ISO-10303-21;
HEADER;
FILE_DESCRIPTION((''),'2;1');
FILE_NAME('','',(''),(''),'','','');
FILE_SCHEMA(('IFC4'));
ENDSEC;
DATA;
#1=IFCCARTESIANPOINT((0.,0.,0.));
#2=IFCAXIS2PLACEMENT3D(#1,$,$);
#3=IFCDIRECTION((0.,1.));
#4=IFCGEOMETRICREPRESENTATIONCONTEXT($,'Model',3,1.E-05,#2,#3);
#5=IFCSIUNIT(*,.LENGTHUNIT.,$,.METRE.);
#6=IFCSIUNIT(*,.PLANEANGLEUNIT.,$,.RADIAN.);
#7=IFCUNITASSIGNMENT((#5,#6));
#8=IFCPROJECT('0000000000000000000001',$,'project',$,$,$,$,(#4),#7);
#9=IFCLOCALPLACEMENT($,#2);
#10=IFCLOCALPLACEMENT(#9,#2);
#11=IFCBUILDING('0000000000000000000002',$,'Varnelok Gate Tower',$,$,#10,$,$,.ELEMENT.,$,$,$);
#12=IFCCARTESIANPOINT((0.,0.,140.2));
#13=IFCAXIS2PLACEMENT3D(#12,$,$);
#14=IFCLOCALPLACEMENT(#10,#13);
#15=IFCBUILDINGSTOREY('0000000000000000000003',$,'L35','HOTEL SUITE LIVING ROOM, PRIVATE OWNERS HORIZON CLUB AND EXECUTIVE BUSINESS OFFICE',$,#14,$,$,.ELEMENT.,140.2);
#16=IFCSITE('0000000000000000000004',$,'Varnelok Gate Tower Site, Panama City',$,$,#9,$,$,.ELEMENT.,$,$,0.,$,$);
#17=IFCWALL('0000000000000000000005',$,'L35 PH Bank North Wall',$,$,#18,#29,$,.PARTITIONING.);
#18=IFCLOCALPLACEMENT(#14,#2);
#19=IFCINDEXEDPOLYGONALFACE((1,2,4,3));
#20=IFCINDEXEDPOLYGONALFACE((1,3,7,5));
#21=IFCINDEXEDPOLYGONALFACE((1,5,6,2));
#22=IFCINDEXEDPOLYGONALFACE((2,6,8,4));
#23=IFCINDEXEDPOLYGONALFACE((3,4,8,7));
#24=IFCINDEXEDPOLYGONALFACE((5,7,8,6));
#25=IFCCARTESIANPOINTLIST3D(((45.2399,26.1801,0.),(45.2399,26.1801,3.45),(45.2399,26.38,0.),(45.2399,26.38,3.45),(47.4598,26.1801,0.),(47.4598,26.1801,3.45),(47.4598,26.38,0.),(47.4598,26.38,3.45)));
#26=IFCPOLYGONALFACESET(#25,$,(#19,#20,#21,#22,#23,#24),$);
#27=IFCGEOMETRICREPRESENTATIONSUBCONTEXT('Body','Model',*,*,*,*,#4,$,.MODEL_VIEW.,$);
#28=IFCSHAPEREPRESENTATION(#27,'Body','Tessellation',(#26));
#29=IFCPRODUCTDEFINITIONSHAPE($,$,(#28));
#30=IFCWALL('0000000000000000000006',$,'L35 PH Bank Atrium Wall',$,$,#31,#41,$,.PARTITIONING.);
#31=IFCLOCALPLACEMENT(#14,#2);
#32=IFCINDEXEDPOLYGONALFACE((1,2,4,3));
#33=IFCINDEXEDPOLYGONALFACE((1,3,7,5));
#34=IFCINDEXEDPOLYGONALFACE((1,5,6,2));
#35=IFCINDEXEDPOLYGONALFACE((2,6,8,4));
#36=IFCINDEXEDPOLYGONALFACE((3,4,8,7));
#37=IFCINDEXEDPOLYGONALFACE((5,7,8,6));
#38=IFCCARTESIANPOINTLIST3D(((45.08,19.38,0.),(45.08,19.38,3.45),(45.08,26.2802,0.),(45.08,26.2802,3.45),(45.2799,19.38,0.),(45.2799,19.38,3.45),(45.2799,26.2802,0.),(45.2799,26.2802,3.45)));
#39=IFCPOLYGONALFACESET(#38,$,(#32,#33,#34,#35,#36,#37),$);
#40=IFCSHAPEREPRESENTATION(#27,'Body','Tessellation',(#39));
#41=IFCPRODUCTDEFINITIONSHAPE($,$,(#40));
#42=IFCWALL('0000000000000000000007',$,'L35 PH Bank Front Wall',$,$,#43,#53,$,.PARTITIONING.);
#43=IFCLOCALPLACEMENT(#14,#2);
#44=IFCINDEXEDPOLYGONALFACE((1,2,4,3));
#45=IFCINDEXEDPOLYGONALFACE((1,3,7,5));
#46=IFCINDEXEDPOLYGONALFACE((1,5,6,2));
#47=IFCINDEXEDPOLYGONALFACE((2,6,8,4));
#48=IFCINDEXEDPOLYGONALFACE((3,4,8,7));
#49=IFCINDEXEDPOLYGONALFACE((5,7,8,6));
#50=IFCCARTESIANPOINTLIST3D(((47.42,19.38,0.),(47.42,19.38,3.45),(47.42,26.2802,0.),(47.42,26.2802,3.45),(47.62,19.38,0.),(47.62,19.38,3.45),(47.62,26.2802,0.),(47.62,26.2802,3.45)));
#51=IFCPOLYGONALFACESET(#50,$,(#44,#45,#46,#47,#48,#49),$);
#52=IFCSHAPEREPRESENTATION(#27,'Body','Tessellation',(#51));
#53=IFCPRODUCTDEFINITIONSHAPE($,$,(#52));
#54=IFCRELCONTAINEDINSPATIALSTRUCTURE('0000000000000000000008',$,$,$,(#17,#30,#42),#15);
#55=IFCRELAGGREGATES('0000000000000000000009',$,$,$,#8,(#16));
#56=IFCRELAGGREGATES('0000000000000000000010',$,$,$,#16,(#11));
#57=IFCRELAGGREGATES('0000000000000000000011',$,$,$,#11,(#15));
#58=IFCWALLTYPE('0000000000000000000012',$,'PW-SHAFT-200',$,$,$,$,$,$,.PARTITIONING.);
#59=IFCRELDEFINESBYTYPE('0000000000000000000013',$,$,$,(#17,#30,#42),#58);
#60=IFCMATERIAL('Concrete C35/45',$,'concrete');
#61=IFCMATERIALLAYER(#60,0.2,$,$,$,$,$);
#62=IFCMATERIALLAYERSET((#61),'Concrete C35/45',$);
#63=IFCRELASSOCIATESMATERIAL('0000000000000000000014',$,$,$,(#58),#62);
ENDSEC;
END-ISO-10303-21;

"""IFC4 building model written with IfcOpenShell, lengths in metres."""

from ifc_helpers import new_model, si_unit, direction, frame, frame_2d, origin, place, context, subcontext, project, spatial, rectangle, extrude, material, layer, layer_set, type_object, element, save


model = new_model("IFC4")

# Units and contexts
model_context = context("Model", 3, precision=1e-05, world=origin(), true_north=direction((0.0, 1.0)))
body_context = subcontext(model_context, "Body", "Model", "MODEL_VIEW")
ifc_project = project(units=[si_unit("LENGTHUNIT", "METRE"), si_unit("PLANEANGLEUNIT", "RADIAN")], contexts=[model_context])

# Site, building, storey
site_placement = place(None, origin())
site = spatial("IfcSite", under=ifc_project, at=site_placement, Name="Varnelok Gate Tower Site, Panama City", CompositionType="ELEMENT", RefElevation=0.0)
building_placement = place(site_placement, origin())
building = spatial("IfcBuilding", under=site, at=building_placement, Name="Varnelok Gate Tower", CompositionType="ELEMENT")
storey_placement = place(building_placement, frame((0.0, 0.0, 140.2)))
storey = spatial("IfcBuildingStorey", under=building, at=storey_placement, Name="L35", Description="HOTEL SUITE LIVING ROOM, PRIVATE OWNERS HORIZON CLUB AND EXECUTIVE BUSINESS OFFICE", CompositionType="ELEMENT", Elevation=140.2)

# Walls
ifc_material_1 = material(Name="Concrete C35/45", Category="concrete")
ifc_layer_1 = layer(ifc_material_1, 0.2)
ifc_layer_set_1 = layer_set([ifc_layer_1], Name="Concrete C35/45")
wall_type_1 = type_object("IfcWallType", Name="PW-SHAFT-200", PredefinedType="PARTITIONING", material=ifc_layer_set_1)
wall_1_placement = place(storey_placement, frame((45.24, 26.28, 0.0), z_axis=(0.0, 0.0, 1.0), x_axis=(1.0, 0.0, 0.0)))
element("IfcWall", 1, at=wall_1_placement, inside=storey, type_object=wall_type_1, Name="L35 PH Bank North Wall", PredefinedType="PARTITIONING", context=body_context, shape_type="SweptSolid", body=[
    extrude(rectangle(XDim=2.22, YDim=0.2, at=frame_2d((1.1099, 0.0))), origin(), (0.0, 0.0, 1.0), 3.45),
])
for number, where, z_axis, x_axis, name in (
    (2, (45.1799, 19.3799, 0.0), (0.0, 0.0, 1.0), (0.0, 1.0, 0.0), "L35 PH Bank Atrium Wall"),
    (3, (47.52, 19.3799, 0.0), (0.0, 0.0, 1.0), (0.0, 1.0, 0.0), "L35 PH Bank Front Wall"),
):
    element("IfcWall", number, at=place(storey_placement, frame(where, z_axis=z_axis, x_axis=x_axis)), inside=storey, type_object=wall_type_1, Name=name, PredefinedType="PARTITIONING", context=body_context, shape_type="SweptSolid", body=[
        extrude(rectangle(XDim=6.9001, YDim=0.2, at=frame_2d((3.4502, 0.0))), origin(), (0.0, 0.0, 1.0), 3.45),
    ])

save(model, "model.ifc")
